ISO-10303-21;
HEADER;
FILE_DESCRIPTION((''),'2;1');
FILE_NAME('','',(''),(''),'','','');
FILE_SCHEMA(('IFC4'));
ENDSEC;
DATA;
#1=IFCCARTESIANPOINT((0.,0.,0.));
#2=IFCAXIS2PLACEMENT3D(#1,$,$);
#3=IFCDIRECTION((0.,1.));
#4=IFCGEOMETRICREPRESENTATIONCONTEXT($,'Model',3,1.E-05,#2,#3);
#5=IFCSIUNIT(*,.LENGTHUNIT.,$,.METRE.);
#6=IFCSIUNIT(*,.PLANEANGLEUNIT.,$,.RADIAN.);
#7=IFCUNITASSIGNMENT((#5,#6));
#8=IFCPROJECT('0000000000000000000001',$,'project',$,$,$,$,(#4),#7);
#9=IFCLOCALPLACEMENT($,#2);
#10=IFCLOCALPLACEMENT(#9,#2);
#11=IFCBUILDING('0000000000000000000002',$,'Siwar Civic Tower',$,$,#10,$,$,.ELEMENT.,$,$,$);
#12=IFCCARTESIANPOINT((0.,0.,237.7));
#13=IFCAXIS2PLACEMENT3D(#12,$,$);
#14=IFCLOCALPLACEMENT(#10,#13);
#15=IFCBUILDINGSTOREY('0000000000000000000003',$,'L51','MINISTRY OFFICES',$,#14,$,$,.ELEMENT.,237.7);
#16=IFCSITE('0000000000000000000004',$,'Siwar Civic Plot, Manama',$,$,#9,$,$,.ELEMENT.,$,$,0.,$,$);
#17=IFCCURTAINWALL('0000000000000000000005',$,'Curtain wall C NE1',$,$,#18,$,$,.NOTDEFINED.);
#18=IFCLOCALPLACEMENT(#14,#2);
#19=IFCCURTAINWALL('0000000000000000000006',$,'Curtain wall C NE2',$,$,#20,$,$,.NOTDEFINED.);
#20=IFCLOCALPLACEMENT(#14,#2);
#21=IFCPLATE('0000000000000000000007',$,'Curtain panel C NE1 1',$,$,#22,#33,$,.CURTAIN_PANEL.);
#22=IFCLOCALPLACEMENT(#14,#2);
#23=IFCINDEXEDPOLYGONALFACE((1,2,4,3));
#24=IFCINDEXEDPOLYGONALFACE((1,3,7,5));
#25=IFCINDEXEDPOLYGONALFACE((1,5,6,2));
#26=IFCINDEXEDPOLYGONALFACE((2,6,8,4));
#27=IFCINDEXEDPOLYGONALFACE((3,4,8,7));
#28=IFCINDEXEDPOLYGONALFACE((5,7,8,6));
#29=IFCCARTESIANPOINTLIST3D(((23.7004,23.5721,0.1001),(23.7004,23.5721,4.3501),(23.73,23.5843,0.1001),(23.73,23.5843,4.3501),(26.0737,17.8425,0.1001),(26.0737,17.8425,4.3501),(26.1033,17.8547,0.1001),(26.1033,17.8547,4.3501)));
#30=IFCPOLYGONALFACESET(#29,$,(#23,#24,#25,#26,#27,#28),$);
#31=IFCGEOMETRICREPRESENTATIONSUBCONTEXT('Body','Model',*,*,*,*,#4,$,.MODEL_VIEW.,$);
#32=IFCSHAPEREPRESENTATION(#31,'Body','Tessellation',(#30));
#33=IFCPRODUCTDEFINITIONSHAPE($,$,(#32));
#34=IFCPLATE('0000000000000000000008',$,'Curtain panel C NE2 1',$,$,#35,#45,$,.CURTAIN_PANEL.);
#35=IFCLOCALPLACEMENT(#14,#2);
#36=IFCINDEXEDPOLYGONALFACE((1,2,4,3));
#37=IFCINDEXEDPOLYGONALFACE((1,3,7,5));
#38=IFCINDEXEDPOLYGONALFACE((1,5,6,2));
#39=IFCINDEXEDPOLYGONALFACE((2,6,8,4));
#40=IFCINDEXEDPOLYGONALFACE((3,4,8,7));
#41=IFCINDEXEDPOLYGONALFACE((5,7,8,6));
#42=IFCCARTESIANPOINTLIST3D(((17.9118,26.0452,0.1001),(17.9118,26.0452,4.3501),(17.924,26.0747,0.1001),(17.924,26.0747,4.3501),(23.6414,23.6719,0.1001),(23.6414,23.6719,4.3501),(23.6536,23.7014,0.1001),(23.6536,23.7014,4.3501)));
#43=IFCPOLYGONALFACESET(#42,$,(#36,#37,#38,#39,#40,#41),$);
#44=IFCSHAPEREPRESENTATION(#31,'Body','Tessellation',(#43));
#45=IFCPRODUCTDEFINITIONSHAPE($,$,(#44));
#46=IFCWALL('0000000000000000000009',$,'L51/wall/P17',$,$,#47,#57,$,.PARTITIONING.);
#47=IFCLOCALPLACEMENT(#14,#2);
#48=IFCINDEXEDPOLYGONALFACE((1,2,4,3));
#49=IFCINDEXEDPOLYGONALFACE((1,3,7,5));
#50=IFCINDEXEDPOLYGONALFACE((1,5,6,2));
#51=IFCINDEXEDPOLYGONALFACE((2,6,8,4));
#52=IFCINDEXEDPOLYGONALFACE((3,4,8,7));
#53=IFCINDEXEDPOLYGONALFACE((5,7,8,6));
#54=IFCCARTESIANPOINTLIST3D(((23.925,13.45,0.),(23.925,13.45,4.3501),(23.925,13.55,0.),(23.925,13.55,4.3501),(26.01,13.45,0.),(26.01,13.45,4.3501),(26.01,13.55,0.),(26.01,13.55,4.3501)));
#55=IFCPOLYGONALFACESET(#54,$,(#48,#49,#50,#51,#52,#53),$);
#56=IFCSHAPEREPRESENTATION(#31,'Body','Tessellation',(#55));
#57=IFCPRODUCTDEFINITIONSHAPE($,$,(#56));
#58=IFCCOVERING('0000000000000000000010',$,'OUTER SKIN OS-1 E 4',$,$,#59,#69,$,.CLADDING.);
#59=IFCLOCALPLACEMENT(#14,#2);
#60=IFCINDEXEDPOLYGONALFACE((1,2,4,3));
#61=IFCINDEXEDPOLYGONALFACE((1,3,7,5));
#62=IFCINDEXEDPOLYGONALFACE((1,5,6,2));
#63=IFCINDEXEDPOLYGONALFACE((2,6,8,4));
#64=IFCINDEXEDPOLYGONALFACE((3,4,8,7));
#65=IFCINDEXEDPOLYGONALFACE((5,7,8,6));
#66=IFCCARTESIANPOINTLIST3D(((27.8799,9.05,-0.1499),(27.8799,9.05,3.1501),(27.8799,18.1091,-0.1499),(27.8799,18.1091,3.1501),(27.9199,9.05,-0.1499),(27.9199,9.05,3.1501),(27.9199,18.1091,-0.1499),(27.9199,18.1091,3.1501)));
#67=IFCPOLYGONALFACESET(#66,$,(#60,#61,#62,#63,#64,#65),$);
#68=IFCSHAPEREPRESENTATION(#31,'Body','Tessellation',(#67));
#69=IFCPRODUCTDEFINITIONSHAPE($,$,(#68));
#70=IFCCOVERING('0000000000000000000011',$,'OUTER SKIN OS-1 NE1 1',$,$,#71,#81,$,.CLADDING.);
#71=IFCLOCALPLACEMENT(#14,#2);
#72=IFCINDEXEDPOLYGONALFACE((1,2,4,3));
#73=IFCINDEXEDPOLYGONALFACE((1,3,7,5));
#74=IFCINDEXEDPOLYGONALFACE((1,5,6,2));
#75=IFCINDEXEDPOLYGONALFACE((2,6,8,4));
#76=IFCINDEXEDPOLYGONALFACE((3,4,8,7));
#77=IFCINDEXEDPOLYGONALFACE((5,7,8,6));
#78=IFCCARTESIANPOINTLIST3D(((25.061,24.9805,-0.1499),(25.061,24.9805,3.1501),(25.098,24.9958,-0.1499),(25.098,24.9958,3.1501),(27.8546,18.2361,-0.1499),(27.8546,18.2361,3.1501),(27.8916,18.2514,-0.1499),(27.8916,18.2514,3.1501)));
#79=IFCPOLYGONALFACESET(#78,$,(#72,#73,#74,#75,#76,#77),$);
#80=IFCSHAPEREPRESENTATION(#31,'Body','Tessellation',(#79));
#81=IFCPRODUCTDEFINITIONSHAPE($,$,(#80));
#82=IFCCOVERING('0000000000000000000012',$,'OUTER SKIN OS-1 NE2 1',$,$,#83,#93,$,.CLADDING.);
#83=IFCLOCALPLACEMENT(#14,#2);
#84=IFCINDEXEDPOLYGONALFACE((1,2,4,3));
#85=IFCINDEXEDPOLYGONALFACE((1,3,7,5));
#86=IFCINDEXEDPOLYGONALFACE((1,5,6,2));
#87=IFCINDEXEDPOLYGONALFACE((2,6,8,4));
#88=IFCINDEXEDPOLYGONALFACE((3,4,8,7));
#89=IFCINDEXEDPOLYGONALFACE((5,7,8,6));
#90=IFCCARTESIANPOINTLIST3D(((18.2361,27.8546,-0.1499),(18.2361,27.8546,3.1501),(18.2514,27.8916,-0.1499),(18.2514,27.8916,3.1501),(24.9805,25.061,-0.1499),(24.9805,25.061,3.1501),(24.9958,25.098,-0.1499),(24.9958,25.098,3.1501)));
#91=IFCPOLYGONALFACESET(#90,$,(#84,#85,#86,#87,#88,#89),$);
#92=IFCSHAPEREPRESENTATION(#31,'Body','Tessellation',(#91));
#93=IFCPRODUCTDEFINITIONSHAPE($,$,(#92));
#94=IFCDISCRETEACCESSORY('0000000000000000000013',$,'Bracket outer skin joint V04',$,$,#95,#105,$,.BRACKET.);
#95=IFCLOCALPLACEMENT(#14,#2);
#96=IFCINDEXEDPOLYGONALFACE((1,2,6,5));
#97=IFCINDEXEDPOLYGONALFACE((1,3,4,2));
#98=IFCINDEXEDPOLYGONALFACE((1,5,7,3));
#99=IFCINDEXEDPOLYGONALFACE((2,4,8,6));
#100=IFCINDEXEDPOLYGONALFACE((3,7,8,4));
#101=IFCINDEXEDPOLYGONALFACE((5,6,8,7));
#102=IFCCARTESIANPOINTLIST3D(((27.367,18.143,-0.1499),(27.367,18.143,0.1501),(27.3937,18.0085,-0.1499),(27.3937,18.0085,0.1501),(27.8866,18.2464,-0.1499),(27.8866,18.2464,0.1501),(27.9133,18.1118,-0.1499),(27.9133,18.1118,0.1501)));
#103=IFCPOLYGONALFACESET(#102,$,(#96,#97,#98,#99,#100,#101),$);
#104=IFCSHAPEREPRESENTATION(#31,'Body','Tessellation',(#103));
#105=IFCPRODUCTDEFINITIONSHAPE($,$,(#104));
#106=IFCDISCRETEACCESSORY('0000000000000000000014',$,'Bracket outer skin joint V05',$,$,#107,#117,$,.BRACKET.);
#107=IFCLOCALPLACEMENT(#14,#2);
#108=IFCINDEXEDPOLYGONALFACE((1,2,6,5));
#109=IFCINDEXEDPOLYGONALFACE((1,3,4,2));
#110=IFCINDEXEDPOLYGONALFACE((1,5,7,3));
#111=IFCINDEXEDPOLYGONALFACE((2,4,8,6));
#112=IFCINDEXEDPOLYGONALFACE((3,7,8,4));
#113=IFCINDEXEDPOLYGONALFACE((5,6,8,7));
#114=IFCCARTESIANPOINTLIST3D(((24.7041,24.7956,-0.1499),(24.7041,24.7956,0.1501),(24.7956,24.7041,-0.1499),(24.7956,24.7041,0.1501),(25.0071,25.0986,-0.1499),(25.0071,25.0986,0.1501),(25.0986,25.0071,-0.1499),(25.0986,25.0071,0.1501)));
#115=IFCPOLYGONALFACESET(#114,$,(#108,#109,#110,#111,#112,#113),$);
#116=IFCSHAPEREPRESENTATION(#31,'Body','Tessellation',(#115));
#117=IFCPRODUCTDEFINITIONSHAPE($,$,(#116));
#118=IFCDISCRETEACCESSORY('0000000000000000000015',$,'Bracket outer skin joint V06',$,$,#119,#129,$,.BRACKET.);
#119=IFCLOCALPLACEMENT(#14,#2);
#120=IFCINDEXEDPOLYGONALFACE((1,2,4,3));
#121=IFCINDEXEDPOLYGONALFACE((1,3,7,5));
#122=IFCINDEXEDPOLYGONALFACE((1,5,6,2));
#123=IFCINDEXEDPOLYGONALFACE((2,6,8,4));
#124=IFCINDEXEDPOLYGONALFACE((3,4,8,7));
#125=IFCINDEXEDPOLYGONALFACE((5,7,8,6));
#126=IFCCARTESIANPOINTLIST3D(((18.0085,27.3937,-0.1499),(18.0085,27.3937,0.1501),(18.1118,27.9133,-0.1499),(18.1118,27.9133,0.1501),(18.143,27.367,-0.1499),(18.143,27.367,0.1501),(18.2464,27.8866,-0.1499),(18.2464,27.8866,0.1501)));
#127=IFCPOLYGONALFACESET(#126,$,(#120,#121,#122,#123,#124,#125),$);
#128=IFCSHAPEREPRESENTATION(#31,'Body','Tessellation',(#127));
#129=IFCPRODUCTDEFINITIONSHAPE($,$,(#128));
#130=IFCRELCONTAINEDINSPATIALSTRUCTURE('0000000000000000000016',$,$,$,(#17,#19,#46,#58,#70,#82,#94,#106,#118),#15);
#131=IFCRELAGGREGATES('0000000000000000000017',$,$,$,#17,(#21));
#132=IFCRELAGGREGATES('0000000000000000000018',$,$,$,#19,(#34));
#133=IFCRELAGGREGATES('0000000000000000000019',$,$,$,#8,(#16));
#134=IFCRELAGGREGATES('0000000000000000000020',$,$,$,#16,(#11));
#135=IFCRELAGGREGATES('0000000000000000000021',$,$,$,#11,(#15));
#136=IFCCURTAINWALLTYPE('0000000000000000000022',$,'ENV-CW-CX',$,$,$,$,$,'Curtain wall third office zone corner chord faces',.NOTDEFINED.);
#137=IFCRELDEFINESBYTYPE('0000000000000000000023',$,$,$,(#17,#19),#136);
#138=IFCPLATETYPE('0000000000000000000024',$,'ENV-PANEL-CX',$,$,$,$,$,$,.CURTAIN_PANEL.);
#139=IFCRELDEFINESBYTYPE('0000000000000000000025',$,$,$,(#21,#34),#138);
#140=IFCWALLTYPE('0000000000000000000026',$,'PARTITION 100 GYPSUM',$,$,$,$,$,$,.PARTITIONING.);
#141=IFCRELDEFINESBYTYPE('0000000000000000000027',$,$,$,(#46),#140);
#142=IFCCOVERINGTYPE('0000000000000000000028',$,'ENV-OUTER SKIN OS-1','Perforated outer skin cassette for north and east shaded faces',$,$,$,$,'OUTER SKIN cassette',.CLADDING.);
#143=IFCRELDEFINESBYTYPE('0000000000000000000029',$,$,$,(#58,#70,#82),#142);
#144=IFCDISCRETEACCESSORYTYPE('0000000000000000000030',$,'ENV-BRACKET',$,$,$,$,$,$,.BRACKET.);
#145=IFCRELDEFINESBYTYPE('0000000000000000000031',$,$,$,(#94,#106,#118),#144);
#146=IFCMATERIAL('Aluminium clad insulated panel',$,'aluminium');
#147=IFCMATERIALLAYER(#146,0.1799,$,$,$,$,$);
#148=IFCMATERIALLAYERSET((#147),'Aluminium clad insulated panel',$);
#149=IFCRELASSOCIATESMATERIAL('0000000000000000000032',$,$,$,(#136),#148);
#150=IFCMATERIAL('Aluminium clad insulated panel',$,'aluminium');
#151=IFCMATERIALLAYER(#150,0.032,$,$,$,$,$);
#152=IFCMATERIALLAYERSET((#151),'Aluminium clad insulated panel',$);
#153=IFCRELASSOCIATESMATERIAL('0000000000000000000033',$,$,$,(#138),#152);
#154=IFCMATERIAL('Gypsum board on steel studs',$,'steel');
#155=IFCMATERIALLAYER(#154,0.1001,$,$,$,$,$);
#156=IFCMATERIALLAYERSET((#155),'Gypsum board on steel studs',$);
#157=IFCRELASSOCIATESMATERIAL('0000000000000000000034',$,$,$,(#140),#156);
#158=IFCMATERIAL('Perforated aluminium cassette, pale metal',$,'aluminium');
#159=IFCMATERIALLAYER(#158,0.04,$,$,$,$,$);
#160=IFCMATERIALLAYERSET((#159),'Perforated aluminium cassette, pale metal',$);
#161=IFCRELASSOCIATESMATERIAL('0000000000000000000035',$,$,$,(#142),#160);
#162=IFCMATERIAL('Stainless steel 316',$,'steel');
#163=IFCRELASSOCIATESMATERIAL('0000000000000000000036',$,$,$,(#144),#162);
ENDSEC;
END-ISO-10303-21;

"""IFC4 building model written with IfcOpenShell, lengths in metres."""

from ifc_helpers import new_model, si_unit, direction, frame, frame_2d, origin, origin_2d, place, context, subcontext, project, spatial, rectangle, extrude, material, layer, layer_set, type_object, element, aggregate, save


model = new_model("IFC4")

# Units and contexts
model_context = context("Model", 3, precision=1e-05, world=origin(), true_north=direction((0.0, 1.0)))
body_context = subcontext(model_context, "Body", "Model", "MODEL_VIEW")
ifc_project = project(units=[si_unit("LENGTHUNIT", "METRE"), si_unit("PLANEANGLEUNIT", "RADIAN")], contexts=[model_context])

# Site, building, storey
site_placement = place(None, origin())
site = spatial("IfcSite", under=ifc_project, at=site_placement, Name="Siwar Civic Plot, Manama", CompositionType="ELEMENT", RefElevation=0.0)
building_placement = place(site_placement, origin())
building = spatial("IfcBuilding", under=site, at=building_placement, Name="Siwar Civic Tower", CompositionType="ELEMENT")
storey_placement = place(building_placement, frame((0.0, 0.0, 237.7)))
storey = spatial("IfcBuildingStorey", under=building, at=storey_placement, Name="L51", Description="MINISTRY OFFICES", CompositionType="ELEMENT", Elevation=237.7)

# Curtain walls
ifc_material_1 = material(Name="Aluminium clad insulated panel", Category="aluminium")
ifc_layer_1 = layer(ifc_material_1, 0.1799)
ifc_layer_set_1 = layer_set([ifc_layer_1], Name="Aluminium clad insulated panel")
curtain_wall_type = type_object("IfcCurtainWallType", Name="ENV-CW-CX", ElementType="Curtain wall third office zone corner chord faces", PredefinedType="NOTDEFINED", material=ifc_layer_set_1)
curtain_wall_1_placement = place(storey_placement, origin())
curtain_wall_1 = element("IfcCurtainWall", 1, at=curtain_wall_1_placement, inside=storey, type_object=curtain_wall_type, Name="Curtain wall C NE1", PredefinedType="NOTDEFINED")
curtain_wall_2_placement = place(storey_placement, origin())
curtain_wall_2 = element("IfcCurtainWall", 2, at=curtain_wall_2_placement, inside=storey, type_object=curtain_wall_type, Name="Curtain wall C NE2", PredefinedType="NOTDEFINED")

# Plates
ifc_material_2 = material(Name="Aluminium clad insulated panel", Category="aluminium")
ifc_layer_2 = layer(ifc_material_2, 0.032)
ifc_layer_set_2 = layer_set([ifc_layer_2], Name="Aluminium clad insulated panel")
plate_type = type_object("IfcPlateType", Name="ENV-PANEL-CX", PredefinedType="CURTAIN_PANEL", material=ifc_layer_set_2)
plate_1_placement = place(storey_placement, frame((24.9019, 20.7134, 0.1001), z_axis=(0.0, 0.0, 1.0), x_axis=(-0.382683, 0.92388, 0.0)))
plate_1 = element("IfcPlate", 3, at=plate_1_placement, type_object=plate_type, Name="Curtain panel C NE1 1", PredefinedType="CURTAIN_PANEL", context=body_context, shape_type="SweptSolid", body=[
    extrude(rectangle(XDim=6.2017, YDim=0.032, at=origin_2d()), origin(), (0.0, 0.0, 1.0), 4.25),
])
aggregate(curtain_wall_1, [plate_1])
plate_2_placement = place(storey_placement, frame((20.7827, 24.8733, 0.1001), z_axis=(0.0, 0.0, 1.0), x_axis=(-0.92388, 0.382683, 0.0)))
plate_2 = element("IfcPlate", 4, at=plate_2_placement, type_object=plate_type, Name="Curtain panel C NE2 1", PredefinedType="CURTAIN_PANEL", context=body_context, shape_type="SweptSolid", body=[
    extrude(rectangle(XDim=6.2017, YDim=0.032, at=origin_2d()), origin(), (0.0, 0.0, 1.0), 4.25),
])
aggregate(curtain_wall_2, [plate_2])

# Wall
ifc_material_3 = material(Name="Gypsum board on steel studs", Category="steel")
ifc_layer_3 = layer(ifc_material_3, 0.1001)
ifc_layer_set_3 = layer_set([ifc_layer_3], Name="Gypsum board on steel studs")
wall_type = type_object("IfcWallType", Name="PARTITION 100 GYPSUM", PredefinedType="PARTITIONING", material=ifc_layer_set_3)
wall_placement = place(storey_placement, frame((23.925, 13.5, 0.0), z_axis=(0.0, 0.0, 1.0), x_axis=(1.0, 0.0, 0.0)))
element("IfcWall", 5, at=wall_placement, inside=storey, type_object=wall_type, Name="L51/wall/P17", PredefinedType="PARTITIONING", context=body_context, shape_type="SweptSolid", body=[
    extrude(rectangle(XDim=2.085, YDim=0.1001, at=frame_2d((1.0425, 0.0))), origin(), (0.0, 0.0, 1.0), 4.3501),
])

# Coverings
ifc_material_4 = material(Name="Perforated aluminium cassette, pale metal", Category="aluminium")
ifc_layer_4 = layer(ifc_material_4, 0.04)
ifc_layer_set_4 = layer_set([ifc_layer_4], Name="Perforated aluminium cassette, pale metal")
covering_type = type_object("IfcCoveringType", Name="ENV-OUTER SKIN OS-1", Description="Perforated outer skin cassette for north and east shaded faces", ElementType="OUTER SKIN cassette", PredefinedType="CLADDING", material=ifc_layer_set_4)
covering_placement = place(storey_placement, frame((27.8999, 13.5796, -0.1499), z_axis=(0.0, 0.0, 1.0), x_axis=(0.0, 1.0, 0.0)))
element("IfcCovering", 6, at=covering_placement, inside=storey, type_object=covering_type, Name="OUTER SKIN OS-1 E 4", PredefinedType="CLADDING", context=body_context, shape_type="SweptSolid", body=[
    extrude(rectangle(XDim=9.0591, YDim=0.04, at=origin_2d()), origin(), (0.0, 0.0, 1.0), 3.3),
])
for number, where, z_axis, x_axis, name in (
    (7, (26.4763, 21.616, -0.1499), (0.0, 0.0, 1.0), (-0.382683, 0.92388, 0.0), "OUTER SKIN OS-1 NE1 1"),
    (8, (21.616, 26.4763, -0.1499), (0.0, 0.0, 1.0), (-0.92388, 0.382683, 0.0), "OUTER SKIN OS-1 NE2 1"),
):
    element("IfcCovering", number, at=place(storey_placement, frame(where, z_axis=z_axis, x_axis=x_axis)), inside=storey, type_object=covering_type, Name=name, PredefinedType="CLADDING", context=body_context, shape_type="SweptSolid", body=[
        extrude(rectangle(XDim=7.3, YDim=0.04, at=origin_2d()), origin(), (0.0, 0.0, 1.0), 3.3),
    ])

# Discrete accessories
ifc_material_5 = material(Name="Stainless steel 316", Category="steel")
discrete_accessory_type = type_object("IfcDiscreteAccessoryType", Name="ENV-BRACKET", PredefinedType="BRACKET", material=ifc_material_5)
discrete_accessory_1_placement = place(storey_placement, frame((27.6401, 18.1274, -0.1499), z_axis=(0.0, 0.0, 1.0), x_axis=(0.980785, 0.19509, 0.0)))
element("IfcDiscreteAccessory", 9, at=discrete_accessory_1_placement, inside=storey, type_object=discrete_accessory_type, Name="Bracket outer skin joint V04", PredefinedType="BRACKET", context=body_context, shape_type="SweptSolid", body=[
    extrude(rectangle(XDim=0.5298, YDim=0.1372, at=origin_2d()), origin(), (0.0, 0.0, 1.0), 0.3),
])
discrete_accessory_2_placement = place(storey_placement, frame((24.9014, 24.9014, -0.1499), z_axis=(0.0, 0.0, 1.0), x_axis=(0.707107, 0.707107, 0.0)))
element("IfcDiscreteAccessory", 10, at=discrete_accessory_2_placement, inside=storey, type_object=discrete_accessory_type, Name="Bracket outer skin joint V05", PredefinedType="BRACKET", context=body_context, shape_type="SweptSolid", body=[
    extrude(rectangle(XDim=0.4285, YDim=0.1294, at=origin_2d()), origin(), (0.0, 0.0, 1.0), 0.3),
])
discrete_accessory_3_placement = place(storey_placement, frame((18.1274, 27.6401, -0.1499), z_axis=(0.0, 0.0, 1.0), x_axis=(0.19509, 0.980785, 0.0)))
element("IfcDiscreteAccessory", 11, at=discrete_accessory_3_placement, inside=storey, type_object=discrete_accessory_type, Name="Bracket outer skin joint V06", PredefinedType="BRACKET", context=body_context, shape_type="SweptSolid", body=[
    extrude(rectangle(XDim=0.5298, YDim=0.1372, at=origin_2d()), origin(), (0.0, 0.0, 1.0), 0.3),
])

save(model, "model.ifc")
